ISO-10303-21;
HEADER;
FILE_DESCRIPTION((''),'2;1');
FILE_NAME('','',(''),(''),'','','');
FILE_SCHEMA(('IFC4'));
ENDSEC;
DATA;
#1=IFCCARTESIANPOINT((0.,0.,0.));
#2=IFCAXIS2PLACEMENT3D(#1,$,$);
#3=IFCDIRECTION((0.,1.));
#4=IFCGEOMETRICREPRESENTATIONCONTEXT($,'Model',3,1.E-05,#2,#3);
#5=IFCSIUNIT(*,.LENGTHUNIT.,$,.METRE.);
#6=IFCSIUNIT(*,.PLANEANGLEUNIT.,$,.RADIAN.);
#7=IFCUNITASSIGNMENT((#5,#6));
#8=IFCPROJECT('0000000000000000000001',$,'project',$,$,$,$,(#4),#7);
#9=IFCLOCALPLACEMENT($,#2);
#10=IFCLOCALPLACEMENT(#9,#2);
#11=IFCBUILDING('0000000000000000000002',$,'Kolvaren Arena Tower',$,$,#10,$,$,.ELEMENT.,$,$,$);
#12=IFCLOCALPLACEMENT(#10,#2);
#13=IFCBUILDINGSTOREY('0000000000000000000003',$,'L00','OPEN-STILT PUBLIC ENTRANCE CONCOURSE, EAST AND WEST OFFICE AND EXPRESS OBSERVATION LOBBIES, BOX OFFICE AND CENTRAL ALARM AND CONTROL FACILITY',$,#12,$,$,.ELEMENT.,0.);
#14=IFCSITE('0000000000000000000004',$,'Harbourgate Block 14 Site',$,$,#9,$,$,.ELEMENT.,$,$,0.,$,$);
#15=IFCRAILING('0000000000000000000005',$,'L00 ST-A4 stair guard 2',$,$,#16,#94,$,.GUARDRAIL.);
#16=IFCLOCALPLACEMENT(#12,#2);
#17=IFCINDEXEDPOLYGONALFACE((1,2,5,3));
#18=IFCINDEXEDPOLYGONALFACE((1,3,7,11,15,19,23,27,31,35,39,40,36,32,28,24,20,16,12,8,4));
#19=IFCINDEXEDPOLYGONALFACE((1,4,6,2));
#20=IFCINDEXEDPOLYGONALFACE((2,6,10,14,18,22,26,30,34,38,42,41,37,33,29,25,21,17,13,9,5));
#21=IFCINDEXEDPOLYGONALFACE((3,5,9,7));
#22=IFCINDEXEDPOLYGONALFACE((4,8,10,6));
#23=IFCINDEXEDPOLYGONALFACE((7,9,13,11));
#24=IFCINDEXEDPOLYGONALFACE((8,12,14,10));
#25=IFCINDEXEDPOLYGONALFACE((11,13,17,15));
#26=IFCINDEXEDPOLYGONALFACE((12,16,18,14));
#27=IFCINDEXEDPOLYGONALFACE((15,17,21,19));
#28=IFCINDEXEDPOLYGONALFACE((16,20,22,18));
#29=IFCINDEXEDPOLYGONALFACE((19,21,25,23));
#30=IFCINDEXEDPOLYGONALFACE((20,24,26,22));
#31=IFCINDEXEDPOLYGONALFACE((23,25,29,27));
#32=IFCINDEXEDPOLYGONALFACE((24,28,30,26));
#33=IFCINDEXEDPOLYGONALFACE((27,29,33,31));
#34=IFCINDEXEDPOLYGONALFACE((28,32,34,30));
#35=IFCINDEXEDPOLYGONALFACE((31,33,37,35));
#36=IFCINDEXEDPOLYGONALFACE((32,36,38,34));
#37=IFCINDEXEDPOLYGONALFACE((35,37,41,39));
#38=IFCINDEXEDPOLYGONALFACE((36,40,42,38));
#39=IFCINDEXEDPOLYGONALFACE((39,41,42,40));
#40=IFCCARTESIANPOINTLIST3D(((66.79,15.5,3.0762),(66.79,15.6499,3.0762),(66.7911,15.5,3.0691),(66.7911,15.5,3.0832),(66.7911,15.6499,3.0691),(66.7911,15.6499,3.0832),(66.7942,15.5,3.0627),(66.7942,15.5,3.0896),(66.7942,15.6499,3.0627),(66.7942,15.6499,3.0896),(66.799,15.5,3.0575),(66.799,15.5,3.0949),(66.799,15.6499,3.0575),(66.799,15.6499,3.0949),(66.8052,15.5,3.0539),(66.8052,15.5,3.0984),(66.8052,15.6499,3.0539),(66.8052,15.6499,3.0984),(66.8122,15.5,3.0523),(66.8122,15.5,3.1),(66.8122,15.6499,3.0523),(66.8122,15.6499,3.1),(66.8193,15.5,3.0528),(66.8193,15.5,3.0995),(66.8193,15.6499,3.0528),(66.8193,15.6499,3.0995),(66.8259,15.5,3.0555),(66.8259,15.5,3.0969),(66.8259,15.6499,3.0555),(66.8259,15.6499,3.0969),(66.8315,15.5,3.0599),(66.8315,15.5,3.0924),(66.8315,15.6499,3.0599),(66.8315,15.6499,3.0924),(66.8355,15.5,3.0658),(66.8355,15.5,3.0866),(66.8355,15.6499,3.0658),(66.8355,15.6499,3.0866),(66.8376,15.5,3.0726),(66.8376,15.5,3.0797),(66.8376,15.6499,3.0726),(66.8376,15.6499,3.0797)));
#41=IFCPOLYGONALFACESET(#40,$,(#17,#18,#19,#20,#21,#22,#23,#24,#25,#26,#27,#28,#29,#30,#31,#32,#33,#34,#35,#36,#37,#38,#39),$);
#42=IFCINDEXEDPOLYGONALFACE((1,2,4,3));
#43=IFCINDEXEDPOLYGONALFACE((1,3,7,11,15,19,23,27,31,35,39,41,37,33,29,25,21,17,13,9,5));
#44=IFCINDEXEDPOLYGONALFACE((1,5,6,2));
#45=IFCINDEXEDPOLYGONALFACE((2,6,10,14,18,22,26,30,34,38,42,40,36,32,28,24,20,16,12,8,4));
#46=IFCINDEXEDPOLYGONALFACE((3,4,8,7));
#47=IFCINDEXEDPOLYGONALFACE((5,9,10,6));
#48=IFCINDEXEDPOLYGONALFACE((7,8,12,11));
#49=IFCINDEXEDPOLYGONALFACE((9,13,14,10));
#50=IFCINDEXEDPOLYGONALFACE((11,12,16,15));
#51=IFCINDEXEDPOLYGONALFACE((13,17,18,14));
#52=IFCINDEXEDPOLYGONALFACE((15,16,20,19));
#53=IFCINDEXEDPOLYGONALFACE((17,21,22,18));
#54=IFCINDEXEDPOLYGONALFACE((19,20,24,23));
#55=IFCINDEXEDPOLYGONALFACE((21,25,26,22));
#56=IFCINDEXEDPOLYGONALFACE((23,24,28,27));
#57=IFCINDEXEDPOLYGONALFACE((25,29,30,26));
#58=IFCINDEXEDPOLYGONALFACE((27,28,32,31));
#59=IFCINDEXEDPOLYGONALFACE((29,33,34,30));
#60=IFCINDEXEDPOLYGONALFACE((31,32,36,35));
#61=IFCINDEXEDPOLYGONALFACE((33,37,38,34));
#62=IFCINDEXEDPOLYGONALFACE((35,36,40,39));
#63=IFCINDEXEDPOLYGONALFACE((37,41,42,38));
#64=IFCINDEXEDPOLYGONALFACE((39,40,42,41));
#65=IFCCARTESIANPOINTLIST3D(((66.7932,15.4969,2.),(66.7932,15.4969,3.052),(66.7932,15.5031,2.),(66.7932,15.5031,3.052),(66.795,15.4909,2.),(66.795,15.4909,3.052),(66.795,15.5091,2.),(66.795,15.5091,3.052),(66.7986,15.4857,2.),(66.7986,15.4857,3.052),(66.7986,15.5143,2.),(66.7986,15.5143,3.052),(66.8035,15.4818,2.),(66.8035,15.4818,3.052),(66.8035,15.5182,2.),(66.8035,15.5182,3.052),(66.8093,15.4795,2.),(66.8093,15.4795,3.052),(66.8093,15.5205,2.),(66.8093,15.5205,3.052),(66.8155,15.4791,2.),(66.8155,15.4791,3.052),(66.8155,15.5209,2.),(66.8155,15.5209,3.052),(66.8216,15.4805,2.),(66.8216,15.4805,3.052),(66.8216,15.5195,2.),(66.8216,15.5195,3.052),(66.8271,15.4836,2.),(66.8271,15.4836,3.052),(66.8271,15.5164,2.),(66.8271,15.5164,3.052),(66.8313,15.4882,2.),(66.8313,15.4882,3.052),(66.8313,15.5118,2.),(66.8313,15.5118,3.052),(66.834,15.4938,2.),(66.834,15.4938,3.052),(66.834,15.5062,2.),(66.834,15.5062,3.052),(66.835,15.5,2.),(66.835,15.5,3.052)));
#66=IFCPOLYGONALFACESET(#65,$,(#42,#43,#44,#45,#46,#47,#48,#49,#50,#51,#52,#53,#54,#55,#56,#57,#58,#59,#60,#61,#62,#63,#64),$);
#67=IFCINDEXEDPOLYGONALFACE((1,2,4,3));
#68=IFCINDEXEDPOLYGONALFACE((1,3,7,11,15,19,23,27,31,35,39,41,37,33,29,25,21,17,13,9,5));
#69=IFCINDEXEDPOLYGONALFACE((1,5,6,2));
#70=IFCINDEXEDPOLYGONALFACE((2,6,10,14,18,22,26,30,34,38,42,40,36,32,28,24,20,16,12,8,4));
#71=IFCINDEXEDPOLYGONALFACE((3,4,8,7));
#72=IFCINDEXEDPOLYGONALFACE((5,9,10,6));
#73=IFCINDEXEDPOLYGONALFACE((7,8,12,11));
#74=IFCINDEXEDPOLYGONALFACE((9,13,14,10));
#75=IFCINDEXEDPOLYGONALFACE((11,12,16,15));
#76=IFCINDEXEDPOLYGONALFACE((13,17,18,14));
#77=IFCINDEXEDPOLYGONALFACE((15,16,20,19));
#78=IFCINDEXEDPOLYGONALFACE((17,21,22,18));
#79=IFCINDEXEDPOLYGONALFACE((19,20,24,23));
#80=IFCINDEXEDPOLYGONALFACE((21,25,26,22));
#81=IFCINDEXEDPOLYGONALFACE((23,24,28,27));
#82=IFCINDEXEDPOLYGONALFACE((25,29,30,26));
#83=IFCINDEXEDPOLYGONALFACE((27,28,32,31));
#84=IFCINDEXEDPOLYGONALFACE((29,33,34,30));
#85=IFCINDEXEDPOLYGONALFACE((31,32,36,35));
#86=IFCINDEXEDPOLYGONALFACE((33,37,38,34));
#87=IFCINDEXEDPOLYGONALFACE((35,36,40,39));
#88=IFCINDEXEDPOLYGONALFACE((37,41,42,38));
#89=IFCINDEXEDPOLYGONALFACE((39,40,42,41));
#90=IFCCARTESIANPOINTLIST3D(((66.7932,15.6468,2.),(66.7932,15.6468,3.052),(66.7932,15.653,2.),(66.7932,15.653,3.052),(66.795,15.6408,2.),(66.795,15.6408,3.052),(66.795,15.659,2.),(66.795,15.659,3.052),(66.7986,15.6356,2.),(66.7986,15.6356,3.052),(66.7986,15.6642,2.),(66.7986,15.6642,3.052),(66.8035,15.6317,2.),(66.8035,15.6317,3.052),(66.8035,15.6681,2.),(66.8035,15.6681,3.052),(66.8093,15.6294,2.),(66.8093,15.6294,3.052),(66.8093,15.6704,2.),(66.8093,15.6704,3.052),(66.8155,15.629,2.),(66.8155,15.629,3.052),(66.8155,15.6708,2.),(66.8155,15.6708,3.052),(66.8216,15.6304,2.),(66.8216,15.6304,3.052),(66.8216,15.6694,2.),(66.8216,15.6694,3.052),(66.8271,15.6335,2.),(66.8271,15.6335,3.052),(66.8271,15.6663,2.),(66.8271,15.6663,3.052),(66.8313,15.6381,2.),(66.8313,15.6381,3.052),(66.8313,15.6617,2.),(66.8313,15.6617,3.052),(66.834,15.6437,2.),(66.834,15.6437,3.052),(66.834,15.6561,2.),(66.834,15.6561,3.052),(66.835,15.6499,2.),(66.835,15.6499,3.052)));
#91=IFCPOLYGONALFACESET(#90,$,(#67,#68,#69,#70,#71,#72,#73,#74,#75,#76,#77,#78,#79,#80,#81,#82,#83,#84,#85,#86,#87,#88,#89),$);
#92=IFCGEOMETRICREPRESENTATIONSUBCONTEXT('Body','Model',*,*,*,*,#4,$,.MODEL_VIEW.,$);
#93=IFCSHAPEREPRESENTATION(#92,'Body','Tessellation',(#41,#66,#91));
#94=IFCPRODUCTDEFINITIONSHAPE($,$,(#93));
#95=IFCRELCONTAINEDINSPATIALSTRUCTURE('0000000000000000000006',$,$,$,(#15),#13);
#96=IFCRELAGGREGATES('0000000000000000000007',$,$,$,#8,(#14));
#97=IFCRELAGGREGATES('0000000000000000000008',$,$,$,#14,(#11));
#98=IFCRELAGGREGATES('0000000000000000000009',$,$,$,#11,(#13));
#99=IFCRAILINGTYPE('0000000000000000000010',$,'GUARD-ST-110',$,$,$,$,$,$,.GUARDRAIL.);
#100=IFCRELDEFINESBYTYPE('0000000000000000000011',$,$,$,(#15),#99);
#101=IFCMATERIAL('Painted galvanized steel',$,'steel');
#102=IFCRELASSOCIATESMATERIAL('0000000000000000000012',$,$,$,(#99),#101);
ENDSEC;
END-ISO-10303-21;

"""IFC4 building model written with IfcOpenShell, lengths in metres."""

from ifc_helpers import new_model, si_unit, direction, frame, origin, origin_2d, place, context, subcontext, project, spatial, circle, extrude, material, type_object, element, save


model = new_model("IFC4")

# Units and contexts
model_context = context("Model", 3, precision=1e-05, world=origin(), true_north=direction((0.0, 1.0)))
body_context = subcontext(model_context, "Body", "Model", "MODEL_VIEW")
ifc_project = project(units=[si_unit("LENGTHUNIT", "METRE"), si_unit("PLANEANGLEUNIT", "RADIAN")], contexts=[model_context])

# Site, building, storey
site_placement = place(None, origin())
site = spatial("IfcSite", under=ifc_project, at=site_placement, Name="Harbourgate Block 14 Site", CompositionType="ELEMENT", RefElevation=0.0)
building_placement = place(site_placement, origin())
building = spatial("IfcBuilding", under=site, at=building_placement, Name="Kolvaren Arena Tower", CompositionType="ELEMENT")
storey_placement = place(building_placement, origin())
storey = spatial("IfcBuildingStorey", under=building, at=storey_placement, Name="L00", Description="OPEN-STILT PUBLIC ENTRANCE CONCOURSE, EAST AND WEST OFFICE AND EXPRESS OBSERVATION LOBBIES, BOX OFFICE AND CENTRAL ALARM AND CONTROL FACILITY", CompositionType="ELEMENT", Elevation=0.0)

# Railing
ifc_material_1 = material(Name="Painted galvanized steel", Category="steel")
railing_type_1 = type_object("IfcRailingType", Name="GUARD-ST-110", PredefinedType="GUARDRAIL", material=ifc_material_1)
railing_1_placement = place(storey_placement, frame((66.814, 15.5, 2.0)))
element("IfcRailing", 1, at=railing_1_placement, inside=storey, type_object=railing_type_1, Name="L00 ST-A4 stair guard 2", PredefinedType="GUARDRAIL", context=body_context, shape_type="SweptSolid", body=[
    extrude(circle(Radius=0.0239, at=origin_2d()), frame((0.0, 0.0, 1.0762), z_axis=(0.0, 1.0, 0.0), x_axis=(-1.0, 0.0, 0.0)), (0.0, 0.0, 1.0), 0.1499),
    extrude(circle(Radius=0.021, at=origin_2d()), origin(), (0.0, 0.0, 1.0), 1.052),
    extrude(circle(Radius=0.021, at=origin_2d()), frame((0.0, 0.1499, 0.0)), (0.0, 0.0, 1.0), 1.052),
])

save(model, "model.ifc")
